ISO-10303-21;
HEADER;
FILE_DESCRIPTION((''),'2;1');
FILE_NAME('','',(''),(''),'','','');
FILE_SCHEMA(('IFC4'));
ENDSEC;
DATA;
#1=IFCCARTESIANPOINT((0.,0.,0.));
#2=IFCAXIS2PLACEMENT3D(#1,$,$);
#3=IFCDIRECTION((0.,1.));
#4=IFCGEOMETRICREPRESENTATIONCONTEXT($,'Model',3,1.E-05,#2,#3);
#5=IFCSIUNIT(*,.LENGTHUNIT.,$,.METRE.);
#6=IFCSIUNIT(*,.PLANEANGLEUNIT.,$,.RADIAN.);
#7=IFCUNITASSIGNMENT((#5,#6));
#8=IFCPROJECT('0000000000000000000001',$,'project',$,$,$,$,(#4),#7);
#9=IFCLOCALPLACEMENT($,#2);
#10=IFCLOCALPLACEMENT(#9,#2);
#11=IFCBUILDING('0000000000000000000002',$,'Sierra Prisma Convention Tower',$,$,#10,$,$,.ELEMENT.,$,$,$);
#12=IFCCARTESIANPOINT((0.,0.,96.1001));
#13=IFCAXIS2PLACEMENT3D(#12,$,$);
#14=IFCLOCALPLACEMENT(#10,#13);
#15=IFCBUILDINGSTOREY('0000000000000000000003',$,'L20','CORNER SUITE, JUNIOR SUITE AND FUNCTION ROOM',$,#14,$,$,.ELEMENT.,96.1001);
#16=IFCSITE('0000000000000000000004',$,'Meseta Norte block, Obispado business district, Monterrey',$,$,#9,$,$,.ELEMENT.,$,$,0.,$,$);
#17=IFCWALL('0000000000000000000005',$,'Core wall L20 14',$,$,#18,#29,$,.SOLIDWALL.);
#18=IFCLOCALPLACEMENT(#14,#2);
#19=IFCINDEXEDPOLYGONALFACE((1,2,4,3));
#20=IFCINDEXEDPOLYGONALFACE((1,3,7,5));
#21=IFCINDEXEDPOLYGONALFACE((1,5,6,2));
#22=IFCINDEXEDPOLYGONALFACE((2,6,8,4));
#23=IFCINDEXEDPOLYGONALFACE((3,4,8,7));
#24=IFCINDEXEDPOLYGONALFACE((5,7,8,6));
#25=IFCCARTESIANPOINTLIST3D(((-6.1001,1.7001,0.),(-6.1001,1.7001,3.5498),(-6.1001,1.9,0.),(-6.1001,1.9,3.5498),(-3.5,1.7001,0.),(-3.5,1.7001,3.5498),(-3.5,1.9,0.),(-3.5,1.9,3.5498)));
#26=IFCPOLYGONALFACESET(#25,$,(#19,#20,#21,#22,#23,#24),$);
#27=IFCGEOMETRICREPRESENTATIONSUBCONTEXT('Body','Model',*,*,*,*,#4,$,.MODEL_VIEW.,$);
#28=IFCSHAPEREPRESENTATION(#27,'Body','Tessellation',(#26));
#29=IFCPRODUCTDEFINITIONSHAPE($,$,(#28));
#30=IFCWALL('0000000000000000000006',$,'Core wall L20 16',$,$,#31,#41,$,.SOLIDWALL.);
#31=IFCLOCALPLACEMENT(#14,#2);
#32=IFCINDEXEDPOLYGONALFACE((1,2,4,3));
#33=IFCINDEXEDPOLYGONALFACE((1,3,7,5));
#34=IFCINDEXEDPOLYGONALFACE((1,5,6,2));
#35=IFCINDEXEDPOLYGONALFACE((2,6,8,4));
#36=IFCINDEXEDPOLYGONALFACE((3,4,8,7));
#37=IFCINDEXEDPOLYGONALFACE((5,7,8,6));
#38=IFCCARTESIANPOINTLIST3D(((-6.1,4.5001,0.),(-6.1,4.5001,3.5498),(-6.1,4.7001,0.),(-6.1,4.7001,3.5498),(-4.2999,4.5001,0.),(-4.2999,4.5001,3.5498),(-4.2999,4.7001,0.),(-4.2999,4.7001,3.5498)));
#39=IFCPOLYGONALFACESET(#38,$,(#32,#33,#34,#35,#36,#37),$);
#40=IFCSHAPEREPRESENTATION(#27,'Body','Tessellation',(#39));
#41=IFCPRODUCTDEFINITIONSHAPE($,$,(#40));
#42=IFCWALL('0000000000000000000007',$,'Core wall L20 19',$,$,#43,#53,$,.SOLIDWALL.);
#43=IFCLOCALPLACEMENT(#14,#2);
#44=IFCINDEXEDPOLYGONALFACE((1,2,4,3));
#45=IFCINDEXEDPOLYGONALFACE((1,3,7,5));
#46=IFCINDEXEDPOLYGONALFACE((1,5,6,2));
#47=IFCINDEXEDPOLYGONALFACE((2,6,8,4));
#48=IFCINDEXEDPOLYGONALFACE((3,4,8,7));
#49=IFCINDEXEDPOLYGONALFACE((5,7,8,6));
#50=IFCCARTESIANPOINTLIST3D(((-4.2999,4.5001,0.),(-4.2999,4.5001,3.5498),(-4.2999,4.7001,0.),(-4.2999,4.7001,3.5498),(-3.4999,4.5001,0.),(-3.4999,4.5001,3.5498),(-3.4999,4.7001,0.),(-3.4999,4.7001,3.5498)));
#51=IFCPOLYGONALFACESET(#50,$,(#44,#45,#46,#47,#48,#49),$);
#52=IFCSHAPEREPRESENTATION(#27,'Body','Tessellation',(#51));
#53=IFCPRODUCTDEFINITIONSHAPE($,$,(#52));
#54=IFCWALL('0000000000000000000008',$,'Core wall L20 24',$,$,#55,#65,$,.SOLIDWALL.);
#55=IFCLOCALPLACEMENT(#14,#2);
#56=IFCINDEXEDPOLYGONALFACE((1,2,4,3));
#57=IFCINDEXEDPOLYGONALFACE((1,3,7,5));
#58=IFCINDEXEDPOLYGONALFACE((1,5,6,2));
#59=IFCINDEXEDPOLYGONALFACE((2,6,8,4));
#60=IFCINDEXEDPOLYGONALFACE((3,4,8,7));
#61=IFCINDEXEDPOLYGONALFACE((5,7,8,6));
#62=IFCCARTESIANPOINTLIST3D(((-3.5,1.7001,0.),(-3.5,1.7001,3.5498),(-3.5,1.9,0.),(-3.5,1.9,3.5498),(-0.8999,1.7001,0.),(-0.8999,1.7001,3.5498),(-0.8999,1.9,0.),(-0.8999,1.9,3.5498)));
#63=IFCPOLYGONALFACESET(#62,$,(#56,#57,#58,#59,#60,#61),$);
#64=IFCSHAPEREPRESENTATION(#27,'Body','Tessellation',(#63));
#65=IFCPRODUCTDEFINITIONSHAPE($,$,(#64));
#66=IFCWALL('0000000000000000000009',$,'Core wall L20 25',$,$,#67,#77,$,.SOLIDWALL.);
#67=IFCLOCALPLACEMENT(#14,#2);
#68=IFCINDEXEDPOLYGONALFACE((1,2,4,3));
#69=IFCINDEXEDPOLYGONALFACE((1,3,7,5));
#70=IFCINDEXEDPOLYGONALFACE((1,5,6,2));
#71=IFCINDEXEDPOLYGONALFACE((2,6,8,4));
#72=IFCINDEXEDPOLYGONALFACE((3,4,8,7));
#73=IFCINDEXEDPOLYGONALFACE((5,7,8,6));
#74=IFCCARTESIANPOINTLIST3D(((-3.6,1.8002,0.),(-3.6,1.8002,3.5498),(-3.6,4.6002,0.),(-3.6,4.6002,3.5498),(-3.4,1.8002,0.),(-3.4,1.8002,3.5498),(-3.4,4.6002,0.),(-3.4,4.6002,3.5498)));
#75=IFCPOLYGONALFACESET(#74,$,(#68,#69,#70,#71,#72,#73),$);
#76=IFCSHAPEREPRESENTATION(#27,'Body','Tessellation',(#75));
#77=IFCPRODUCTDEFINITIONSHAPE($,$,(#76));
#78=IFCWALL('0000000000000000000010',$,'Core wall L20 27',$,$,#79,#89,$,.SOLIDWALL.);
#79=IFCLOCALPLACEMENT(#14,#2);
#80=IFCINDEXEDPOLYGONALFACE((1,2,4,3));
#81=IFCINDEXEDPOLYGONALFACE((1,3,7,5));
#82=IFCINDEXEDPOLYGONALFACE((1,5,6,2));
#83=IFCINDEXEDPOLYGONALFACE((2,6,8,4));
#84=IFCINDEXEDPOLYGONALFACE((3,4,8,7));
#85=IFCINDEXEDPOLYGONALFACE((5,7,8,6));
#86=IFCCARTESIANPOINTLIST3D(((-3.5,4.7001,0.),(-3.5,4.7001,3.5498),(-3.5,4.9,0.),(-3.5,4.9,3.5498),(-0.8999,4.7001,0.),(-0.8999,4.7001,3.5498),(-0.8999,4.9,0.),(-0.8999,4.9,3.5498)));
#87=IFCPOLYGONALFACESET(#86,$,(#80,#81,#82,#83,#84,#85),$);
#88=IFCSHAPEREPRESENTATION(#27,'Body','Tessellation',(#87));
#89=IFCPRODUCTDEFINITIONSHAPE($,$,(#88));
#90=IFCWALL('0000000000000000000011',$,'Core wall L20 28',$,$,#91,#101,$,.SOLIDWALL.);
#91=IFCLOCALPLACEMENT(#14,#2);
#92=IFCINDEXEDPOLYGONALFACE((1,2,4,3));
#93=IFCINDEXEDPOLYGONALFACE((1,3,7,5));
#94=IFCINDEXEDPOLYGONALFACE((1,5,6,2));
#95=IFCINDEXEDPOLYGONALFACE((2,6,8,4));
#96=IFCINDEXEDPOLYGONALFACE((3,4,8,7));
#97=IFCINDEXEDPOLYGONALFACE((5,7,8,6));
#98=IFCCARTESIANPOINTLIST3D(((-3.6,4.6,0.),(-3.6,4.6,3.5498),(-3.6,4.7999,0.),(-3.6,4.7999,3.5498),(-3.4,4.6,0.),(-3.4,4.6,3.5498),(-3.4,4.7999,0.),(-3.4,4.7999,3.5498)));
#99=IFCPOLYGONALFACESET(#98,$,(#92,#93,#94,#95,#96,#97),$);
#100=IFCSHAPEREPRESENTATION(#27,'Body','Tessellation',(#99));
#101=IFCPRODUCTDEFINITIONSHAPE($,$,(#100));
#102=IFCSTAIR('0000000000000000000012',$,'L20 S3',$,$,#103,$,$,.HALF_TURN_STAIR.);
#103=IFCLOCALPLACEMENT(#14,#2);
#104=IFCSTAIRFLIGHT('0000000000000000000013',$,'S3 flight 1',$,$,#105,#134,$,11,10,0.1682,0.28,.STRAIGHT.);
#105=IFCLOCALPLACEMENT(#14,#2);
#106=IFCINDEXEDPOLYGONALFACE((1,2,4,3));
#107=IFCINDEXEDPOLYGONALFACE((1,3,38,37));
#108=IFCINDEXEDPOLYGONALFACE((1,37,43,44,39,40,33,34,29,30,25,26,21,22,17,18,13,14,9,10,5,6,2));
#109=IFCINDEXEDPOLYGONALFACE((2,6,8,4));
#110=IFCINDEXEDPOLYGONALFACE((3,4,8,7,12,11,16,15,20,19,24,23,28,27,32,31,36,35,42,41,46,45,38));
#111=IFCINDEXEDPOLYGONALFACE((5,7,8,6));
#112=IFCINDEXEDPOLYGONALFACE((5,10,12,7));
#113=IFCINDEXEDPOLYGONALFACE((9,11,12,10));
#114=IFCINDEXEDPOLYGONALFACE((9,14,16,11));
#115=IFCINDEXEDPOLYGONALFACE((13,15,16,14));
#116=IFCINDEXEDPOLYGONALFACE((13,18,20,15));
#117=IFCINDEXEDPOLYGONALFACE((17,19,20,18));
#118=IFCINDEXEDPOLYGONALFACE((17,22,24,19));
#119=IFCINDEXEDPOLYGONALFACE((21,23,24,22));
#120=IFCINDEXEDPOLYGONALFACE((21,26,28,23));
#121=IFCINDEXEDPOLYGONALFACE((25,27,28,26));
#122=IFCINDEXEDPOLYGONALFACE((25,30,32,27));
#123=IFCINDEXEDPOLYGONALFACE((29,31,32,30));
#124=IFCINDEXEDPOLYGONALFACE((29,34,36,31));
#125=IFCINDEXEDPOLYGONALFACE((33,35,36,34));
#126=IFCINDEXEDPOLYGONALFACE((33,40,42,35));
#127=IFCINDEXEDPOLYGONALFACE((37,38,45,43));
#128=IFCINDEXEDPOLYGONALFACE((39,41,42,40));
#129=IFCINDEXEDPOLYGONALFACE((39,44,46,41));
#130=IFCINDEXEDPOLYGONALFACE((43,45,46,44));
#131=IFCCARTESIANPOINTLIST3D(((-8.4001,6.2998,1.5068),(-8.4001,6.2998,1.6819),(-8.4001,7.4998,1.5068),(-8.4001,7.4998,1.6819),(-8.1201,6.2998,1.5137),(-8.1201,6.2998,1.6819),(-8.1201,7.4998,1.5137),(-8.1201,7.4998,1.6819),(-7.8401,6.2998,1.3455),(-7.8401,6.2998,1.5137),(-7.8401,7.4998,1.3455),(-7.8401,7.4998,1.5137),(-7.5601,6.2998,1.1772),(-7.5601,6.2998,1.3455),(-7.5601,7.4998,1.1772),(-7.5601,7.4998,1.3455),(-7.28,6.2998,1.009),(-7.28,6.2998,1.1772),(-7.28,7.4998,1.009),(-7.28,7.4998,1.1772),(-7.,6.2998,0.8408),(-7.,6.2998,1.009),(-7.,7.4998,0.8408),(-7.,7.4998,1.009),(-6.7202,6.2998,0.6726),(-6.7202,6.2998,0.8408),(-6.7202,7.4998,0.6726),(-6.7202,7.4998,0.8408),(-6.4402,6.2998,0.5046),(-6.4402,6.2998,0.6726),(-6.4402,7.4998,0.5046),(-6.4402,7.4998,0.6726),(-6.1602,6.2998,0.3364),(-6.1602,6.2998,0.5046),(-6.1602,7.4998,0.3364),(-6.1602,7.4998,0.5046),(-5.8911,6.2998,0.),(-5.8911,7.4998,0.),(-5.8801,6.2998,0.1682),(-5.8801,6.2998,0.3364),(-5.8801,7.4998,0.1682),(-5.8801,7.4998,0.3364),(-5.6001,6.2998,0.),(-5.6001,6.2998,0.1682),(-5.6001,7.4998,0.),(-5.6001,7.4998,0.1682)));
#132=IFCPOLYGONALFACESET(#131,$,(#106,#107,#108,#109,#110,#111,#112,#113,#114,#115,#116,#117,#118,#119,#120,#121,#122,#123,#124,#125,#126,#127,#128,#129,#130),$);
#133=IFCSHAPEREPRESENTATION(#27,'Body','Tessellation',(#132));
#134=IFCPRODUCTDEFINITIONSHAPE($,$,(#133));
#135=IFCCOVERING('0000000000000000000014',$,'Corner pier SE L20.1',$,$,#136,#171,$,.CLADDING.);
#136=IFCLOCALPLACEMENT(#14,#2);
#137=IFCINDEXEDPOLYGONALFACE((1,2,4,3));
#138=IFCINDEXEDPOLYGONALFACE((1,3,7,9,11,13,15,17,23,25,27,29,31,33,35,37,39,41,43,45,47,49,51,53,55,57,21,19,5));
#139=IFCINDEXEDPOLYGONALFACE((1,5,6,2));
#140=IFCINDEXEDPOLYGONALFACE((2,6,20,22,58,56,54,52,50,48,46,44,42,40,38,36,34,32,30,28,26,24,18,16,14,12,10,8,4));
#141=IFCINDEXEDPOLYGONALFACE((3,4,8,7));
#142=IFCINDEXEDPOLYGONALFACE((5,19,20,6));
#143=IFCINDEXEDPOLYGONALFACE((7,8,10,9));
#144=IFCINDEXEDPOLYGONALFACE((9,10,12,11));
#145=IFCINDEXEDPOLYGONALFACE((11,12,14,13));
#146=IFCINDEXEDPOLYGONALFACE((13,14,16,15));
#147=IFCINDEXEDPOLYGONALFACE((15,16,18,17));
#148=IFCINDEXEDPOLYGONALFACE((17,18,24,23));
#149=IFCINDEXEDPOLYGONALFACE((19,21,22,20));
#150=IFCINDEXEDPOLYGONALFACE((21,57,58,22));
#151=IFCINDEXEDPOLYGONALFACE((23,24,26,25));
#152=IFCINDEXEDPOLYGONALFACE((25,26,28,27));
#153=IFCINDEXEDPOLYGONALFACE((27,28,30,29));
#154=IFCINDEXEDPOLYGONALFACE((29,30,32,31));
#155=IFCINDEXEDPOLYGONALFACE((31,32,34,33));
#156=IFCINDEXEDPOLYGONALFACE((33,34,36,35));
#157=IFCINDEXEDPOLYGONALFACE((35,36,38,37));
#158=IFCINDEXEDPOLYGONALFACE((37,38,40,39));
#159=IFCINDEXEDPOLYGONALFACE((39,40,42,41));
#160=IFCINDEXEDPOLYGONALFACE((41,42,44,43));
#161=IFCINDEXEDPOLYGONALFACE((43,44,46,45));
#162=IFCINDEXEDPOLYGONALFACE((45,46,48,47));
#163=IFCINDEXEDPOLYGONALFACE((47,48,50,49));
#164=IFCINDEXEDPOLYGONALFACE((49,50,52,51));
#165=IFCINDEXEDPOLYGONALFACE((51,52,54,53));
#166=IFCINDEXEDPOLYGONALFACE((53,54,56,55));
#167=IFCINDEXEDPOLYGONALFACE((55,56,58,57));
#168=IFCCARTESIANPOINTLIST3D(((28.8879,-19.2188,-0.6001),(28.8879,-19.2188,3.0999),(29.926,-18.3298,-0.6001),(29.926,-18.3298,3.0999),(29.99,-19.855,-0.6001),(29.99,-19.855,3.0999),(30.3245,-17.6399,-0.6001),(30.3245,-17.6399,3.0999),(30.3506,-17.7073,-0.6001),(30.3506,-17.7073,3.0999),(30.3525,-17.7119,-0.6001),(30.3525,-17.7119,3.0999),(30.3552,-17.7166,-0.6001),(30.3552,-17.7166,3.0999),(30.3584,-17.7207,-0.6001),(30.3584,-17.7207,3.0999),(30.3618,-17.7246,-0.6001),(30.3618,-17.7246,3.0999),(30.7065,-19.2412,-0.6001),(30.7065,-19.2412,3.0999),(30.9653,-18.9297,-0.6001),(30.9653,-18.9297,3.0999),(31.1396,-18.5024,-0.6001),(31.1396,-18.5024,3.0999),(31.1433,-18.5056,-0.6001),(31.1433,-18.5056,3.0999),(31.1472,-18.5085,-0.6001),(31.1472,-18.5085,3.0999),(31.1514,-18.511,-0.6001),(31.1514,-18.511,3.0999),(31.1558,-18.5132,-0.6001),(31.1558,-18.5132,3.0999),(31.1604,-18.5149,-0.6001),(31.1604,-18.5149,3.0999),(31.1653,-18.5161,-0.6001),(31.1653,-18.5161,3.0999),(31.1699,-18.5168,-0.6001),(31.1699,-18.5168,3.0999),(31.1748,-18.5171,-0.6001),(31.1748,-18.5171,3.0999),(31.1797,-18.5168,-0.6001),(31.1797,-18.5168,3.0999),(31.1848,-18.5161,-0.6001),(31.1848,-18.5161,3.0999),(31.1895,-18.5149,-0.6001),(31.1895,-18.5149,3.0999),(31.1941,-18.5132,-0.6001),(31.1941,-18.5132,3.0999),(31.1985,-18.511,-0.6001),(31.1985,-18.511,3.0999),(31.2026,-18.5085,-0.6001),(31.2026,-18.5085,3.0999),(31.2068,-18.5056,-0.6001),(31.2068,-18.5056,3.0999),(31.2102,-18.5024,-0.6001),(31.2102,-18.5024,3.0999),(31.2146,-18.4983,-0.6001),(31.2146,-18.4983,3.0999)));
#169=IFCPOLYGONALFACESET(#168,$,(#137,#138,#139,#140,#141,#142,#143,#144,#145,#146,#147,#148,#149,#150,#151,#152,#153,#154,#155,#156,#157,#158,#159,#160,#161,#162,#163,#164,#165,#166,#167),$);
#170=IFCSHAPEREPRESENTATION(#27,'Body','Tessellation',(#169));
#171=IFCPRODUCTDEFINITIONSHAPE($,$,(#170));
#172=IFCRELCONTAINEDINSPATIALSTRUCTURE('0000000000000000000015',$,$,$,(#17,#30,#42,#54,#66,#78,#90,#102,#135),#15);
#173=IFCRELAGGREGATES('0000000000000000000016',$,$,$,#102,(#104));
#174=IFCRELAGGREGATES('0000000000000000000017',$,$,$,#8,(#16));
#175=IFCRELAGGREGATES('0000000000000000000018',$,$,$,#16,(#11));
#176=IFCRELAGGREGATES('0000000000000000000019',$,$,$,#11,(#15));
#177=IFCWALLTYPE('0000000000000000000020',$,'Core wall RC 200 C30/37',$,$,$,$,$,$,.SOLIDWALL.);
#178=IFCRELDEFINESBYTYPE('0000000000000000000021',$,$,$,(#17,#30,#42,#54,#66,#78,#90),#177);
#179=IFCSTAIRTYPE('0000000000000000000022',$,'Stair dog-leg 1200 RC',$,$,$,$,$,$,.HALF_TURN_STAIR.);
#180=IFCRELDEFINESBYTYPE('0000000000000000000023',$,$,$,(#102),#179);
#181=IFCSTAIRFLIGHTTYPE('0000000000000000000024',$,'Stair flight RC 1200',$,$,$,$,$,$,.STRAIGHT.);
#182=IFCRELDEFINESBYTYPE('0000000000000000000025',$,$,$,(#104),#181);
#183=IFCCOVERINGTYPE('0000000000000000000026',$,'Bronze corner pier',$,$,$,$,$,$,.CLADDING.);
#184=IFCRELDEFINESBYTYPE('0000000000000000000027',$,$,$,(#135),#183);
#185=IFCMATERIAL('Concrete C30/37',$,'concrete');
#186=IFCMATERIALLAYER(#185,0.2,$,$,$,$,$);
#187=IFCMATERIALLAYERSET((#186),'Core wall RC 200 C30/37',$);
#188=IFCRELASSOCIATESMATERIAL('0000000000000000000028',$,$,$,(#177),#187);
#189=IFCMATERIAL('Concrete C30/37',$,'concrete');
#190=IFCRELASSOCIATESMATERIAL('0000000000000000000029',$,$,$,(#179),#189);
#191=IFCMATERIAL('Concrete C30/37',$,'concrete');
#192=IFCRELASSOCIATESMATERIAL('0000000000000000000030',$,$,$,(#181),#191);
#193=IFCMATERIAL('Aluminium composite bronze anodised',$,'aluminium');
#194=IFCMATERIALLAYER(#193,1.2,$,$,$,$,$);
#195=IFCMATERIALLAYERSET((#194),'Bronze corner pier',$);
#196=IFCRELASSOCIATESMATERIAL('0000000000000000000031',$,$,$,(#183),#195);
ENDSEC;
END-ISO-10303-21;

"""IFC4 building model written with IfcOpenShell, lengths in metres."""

from ifc_helpers import new_model, si_unit, direction, frame, frame_2d, origin, place, context, subcontext, project, spatial, polyline, rectangle, outline, extrude, material, layer, layer_set, type_object, element, aggregate, save


model = new_model("IFC4")

# Units and contexts
model_context = context("Model", 3, precision=1e-05, world=origin(), true_north=direction((0.0, 1.0)))
body_context = subcontext(model_context, "Body", "Model", "MODEL_VIEW")
ifc_project = project(units=[si_unit("LENGTHUNIT", "METRE"), si_unit("PLANEANGLEUNIT", "RADIAN")], contexts=[model_context])

# Site, building, storey
site_placement = place(None, origin())
site = spatial("IfcSite", under=ifc_project, at=site_placement, Name="Meseta Norte block, Obispado business district, Monterrey", CompositionType="ELEMENT", RefElevation=0.0)
building_placement = place(site_placement, origin())
building = spatial("IfcBuilding", under=site, at=building_placement, Name="Sierra Prisma Convention Tower", CompositionType="ELEMENT")
storey_placement = place(building_placement, frame((0.0, 0.0, 96.1001)))
storey = spatial("IfcBuildingStorey", under=building, at=storey_placement, Name="L20", Description="CORNER SUITE, JUNIOR SUITE AND FUNCTION ROOM", CompositionType="ELEMENT", Elevation=96.1001)

# Walls
ifc_material_1 = material(Name="Concrete C30/37", Category="concrete")
ifc_layer_1 = layer(ifc_material_1, 0.2)
ifc_layer_set_1 = layer_set([ifc_layer_1], Name="Core wall RC 200 C30/37")
wall_type = type_object("IfcWallType", Name="Core wall RC 200 C30/37", PredefinedType="SOLIDWALL", material=ifc_layer_set_1)
wall_1_placement = place(storey_placement, frame((-3.5, 1.8, 0.0), z_axis=(0.0, 0.0, 1.0), x_axis=(-1.0, 0.0, 0.0)))
element("IfcWall", 1, at=wall_1_placement, inside=storey, type_object=wall_type, Name="Core wall L20 14", PredefinedType="SOLIDWALL", context=body_context, shape_type="SweptSolid", body=[
    extrude(rectangle(XDim=2.6001, YDim=0.2, at=frame_2d((1.3, 0.0))), origin(), (0.0, 0.0, 1.0), 3.5498),
])
wall_2_placement = place(storey_placement, frame((-4.3, 4.6001, 0.0), z_axis=(0.0, 0.0, 1.0), x_axis=(-1.0, 0.0, 0.0)))
element("IfcWall", 2, at=wall_2_placement, inside=storey, type_object=wall_type, Name="Core wall L20 16", PredefinedType="SOLIDWALL", context=body_context, shape_type="SweptSolid", body=[
    extrude(rectangle(XDim=1.8, YDim=0.2, at=frame_2d((0.8999, 0.0))), origin(), (0.0, 0.0, 1.0), 3.5498),
])
wall_3_placement = place(storey_placement, frame((-3.5, 4.6001, 0.0), z_axis=(0.0, 0.0, 1.0), x_axis=(-1.0, 0.0, 0.0)))
element("IfcWall", 3, at=wall_3_placement, inside=storey, type_object=wall_type, Name="Core wall L20 19", PredefinedType="SOLIDWALL", context=body_context, shape_type="SweptSolid", body=[
    extrude(rectangle(XDim=0.8, YDim=0.2, at=frame_2d((0.3999, 0.0))), origin(), (0.0, 0.0, 1.0), 3.5498),
])

# Walls
wall_4_placement = place(storey_placement, frame((-0.8999, 1.8, 0.0), z_axis=(0.0, 0.0, 1.0), x_axis=(-1.0, 0.0, 0.0)))
element("IfcWall", 4, at=wall_4_placement, inside=storey, type_object=wall_type, Name="Core wall L20 24", PredefinedType="SOLIDWALL", context=body_context, shape_type="SweptSolid", body=[
    extrude(rectangle(XDim=2.6001, YDim=0.2, at=frame_2d((1.3, 0.0))), origin(), (0.0, 0.0, 1.0), 3.5498),
])
wall_5_placement = place(storey_placement, frame((-3.5, 4.6001, 0.0), z_axis=(0.0, 0.0, 1.0), x_axis=(0.0, -1.0, 0.0)))
element("IfcWall", 5, at=wall_5_placement, inside=storey, type_object=wall_type, Name="Core wall L20 25", PredefinedType="SOLIDWALL", context=body_context, shape_type="SweptSolid", body=[
    extrude(rectangle(XDim=2.8, YDim=0.2, at=frame_2d((1.3999, 0.0))), origin(), (0.0, 0.0, 1.0), 3.5498),
])

# Walls
wall_6_placement = place(storey_placement, frame((-0.8999, 4.8, 0.0), z_axis=(0.0, 0.0, 1.0), x_axis=(-1.0, 0.0, 0.0)))
element("IfcWall", 6, at=wall_6_placement, inside=storey, type_object=wall_type, Name="Core wall L20 27", PredefinedType="SOLIDWALL", context=body_context, shape_type="SweptSolid", body=[
    extrude(rectangle(XDim=2.6001, YDim=0.2, at=frame_2d((1.3, 0.0))), origin(), (0.0, 0.0, 1.0), 3.5498),
])
wall_7_placement = place(storey_placement, frame((-3.5, 4.8, 0.0), z_axis=(0.0, 0.0, 1.0), x_axis=(0.0, -1.0, 0.0)))
element("IfcWall", 7, at=wall_7_placement, inside=storey, type_object=wall_type, Name="Core wall L20 28", PredefinedType="SOLIDWALL", context=body_context, shape_type="SweptSolid", body=[
    extrude(rectangle(XDim=0.2, YDim=0.2, at=frame_2d((0.1001, 0.0))), origin(), (0.0, 0.0, 1.0), 3.5498),
])

# Stair, stair flight
ifc_material_2 = material(Name="Concrete C30/37", Category="concrete")
stair_type = type_object("IfcStairType", Name="Stair dog-leg 1200 RC", PredefinedType="HALF_TURN_STAIR", material=ifc_material_2)
stair_placement = place(storey_placement, origin())
stair = element("IfcStair", 8, at=stair_placement, inside=storey, type_object=stair_type, Name="L20 S3", PredefinedType="HALF_TURN_STAIR")
ifc_material_3 = material(Name="Concrete C30/37", Category="concrete")
stair_flight_type = type_object("IfcStairFlightType", Name="Stair flight RC 1200", PredefinedType="STRAIGHT", material=ifc_material_3)
stair_flight_placement = place(storey_placement, frame((-5.6001, 6.8999, 0.0), z_axis=(0.0, 0.0, 1.0), x_axis=(-1.0, 0.0, 0.0)))
stair_flight = element("IfcStairFlight", 9, at=stair_flight_placement, type_object=stair_flight_type, Name="S3 flight 1", NumberOfRisers=11, NumberOfTreads=10, PredefinedType="STRAIGHT", RiserHeight=0.1682, TreadLength=0.28, context=body_context, shape_type="SweptSolid", body=[
    extrude(outline(polyline([(0.0, 0.0), (0.0, 0.1682), (0.28, 0.1682), (0.28, 0.3364), (0.5601, 0.3364), (0.5601, 0.5046), (0.8401, 0.5046), (0.8401, 0.6726), (1.1201, 0.6726), (1.1201, 0.8408), (1.3999, 0.8408), (1.3999, 1.009), (1.6799, 1.009), (1.6799, 1.1772), (1.96, 1.1772), (1.96, 1.3455), (2.24, 1.3455), (2.24, 1.5137), (2.52, 1.5137), (2.52, 1.6819), (2.8, 1.6819), (2.8, 1.8501), (2.8, 1.5068), (0.291, 0.0), (0.0, 0.0)])), frame((0.0, 0.6001, 0.0), z_axis=(0.0, -1.0, 0.0), x_axis=(1.0, 0.0, 0.0)), (0.0, 0.0, 1.0), 1.2),
])
aggregate(stair, [stair_flight])

# Covering
ifc_material_4 = material(Name="Aluminium composite bronze anodised", Category="aluminium")
ifc_layer_2 = layer(ifc_material_4, 1.2)
ifc_layer_set_2 = layer_set([ifc_layer_2], Name="Bronze corner pier")
covering_type_1 = type_object("IfcCoveringType", Name="Bronze corner pier", PredefinedType="CLADDING", material=ifc_layer_set_2)
covering_1_placement = place(storey_placement, frame((0.0, 0.0, -0.6001)))
element("IfcCovering", 10, at=covering_1_placement, inside=storey, type_object=covering_type_1, Name="Corner pier SE L20.1", PredefinedType="CLADDING", context=body_context, shape_type="SweptSolid", body=[
    extrude(outline(polyline([(31.1472, -18.5085), (31.1514, -18.511), (31.1558, -18.5132), (31.1604, -18.5149), (31.1653, -18.5161), (31.1699, -18.5168), (31.1748, -18.5171), (31.1797, -18.5168), (31.1848, -18.5161), (31.1895, -18.5149), (31.1941, -18.5132), (31.1985, -18.511), (31.2026, -18.5085), (31.2068, -18.5056), (31.2102, -18.5024), (31.2146, -18.4983), (30.9653, -18.9297), (30.7065, -19.2412), (29.99, -19.855), (28.8879, -19.2188), (29.926, -18.3298), (30.3245, -17.6399), (30.3506, -17.7073), (30.3525, -17.7119), (30.3552, -17.7166), (30.3584, -17.7207), (30.3618, -17.7246), (31.1396, -18.5024), (31.1433, -18.5056), (31.1472, -18.5085)])), origin(), (0.0, 0.0, 1.0), 3.7),
])

save(model, "model.ifc")
